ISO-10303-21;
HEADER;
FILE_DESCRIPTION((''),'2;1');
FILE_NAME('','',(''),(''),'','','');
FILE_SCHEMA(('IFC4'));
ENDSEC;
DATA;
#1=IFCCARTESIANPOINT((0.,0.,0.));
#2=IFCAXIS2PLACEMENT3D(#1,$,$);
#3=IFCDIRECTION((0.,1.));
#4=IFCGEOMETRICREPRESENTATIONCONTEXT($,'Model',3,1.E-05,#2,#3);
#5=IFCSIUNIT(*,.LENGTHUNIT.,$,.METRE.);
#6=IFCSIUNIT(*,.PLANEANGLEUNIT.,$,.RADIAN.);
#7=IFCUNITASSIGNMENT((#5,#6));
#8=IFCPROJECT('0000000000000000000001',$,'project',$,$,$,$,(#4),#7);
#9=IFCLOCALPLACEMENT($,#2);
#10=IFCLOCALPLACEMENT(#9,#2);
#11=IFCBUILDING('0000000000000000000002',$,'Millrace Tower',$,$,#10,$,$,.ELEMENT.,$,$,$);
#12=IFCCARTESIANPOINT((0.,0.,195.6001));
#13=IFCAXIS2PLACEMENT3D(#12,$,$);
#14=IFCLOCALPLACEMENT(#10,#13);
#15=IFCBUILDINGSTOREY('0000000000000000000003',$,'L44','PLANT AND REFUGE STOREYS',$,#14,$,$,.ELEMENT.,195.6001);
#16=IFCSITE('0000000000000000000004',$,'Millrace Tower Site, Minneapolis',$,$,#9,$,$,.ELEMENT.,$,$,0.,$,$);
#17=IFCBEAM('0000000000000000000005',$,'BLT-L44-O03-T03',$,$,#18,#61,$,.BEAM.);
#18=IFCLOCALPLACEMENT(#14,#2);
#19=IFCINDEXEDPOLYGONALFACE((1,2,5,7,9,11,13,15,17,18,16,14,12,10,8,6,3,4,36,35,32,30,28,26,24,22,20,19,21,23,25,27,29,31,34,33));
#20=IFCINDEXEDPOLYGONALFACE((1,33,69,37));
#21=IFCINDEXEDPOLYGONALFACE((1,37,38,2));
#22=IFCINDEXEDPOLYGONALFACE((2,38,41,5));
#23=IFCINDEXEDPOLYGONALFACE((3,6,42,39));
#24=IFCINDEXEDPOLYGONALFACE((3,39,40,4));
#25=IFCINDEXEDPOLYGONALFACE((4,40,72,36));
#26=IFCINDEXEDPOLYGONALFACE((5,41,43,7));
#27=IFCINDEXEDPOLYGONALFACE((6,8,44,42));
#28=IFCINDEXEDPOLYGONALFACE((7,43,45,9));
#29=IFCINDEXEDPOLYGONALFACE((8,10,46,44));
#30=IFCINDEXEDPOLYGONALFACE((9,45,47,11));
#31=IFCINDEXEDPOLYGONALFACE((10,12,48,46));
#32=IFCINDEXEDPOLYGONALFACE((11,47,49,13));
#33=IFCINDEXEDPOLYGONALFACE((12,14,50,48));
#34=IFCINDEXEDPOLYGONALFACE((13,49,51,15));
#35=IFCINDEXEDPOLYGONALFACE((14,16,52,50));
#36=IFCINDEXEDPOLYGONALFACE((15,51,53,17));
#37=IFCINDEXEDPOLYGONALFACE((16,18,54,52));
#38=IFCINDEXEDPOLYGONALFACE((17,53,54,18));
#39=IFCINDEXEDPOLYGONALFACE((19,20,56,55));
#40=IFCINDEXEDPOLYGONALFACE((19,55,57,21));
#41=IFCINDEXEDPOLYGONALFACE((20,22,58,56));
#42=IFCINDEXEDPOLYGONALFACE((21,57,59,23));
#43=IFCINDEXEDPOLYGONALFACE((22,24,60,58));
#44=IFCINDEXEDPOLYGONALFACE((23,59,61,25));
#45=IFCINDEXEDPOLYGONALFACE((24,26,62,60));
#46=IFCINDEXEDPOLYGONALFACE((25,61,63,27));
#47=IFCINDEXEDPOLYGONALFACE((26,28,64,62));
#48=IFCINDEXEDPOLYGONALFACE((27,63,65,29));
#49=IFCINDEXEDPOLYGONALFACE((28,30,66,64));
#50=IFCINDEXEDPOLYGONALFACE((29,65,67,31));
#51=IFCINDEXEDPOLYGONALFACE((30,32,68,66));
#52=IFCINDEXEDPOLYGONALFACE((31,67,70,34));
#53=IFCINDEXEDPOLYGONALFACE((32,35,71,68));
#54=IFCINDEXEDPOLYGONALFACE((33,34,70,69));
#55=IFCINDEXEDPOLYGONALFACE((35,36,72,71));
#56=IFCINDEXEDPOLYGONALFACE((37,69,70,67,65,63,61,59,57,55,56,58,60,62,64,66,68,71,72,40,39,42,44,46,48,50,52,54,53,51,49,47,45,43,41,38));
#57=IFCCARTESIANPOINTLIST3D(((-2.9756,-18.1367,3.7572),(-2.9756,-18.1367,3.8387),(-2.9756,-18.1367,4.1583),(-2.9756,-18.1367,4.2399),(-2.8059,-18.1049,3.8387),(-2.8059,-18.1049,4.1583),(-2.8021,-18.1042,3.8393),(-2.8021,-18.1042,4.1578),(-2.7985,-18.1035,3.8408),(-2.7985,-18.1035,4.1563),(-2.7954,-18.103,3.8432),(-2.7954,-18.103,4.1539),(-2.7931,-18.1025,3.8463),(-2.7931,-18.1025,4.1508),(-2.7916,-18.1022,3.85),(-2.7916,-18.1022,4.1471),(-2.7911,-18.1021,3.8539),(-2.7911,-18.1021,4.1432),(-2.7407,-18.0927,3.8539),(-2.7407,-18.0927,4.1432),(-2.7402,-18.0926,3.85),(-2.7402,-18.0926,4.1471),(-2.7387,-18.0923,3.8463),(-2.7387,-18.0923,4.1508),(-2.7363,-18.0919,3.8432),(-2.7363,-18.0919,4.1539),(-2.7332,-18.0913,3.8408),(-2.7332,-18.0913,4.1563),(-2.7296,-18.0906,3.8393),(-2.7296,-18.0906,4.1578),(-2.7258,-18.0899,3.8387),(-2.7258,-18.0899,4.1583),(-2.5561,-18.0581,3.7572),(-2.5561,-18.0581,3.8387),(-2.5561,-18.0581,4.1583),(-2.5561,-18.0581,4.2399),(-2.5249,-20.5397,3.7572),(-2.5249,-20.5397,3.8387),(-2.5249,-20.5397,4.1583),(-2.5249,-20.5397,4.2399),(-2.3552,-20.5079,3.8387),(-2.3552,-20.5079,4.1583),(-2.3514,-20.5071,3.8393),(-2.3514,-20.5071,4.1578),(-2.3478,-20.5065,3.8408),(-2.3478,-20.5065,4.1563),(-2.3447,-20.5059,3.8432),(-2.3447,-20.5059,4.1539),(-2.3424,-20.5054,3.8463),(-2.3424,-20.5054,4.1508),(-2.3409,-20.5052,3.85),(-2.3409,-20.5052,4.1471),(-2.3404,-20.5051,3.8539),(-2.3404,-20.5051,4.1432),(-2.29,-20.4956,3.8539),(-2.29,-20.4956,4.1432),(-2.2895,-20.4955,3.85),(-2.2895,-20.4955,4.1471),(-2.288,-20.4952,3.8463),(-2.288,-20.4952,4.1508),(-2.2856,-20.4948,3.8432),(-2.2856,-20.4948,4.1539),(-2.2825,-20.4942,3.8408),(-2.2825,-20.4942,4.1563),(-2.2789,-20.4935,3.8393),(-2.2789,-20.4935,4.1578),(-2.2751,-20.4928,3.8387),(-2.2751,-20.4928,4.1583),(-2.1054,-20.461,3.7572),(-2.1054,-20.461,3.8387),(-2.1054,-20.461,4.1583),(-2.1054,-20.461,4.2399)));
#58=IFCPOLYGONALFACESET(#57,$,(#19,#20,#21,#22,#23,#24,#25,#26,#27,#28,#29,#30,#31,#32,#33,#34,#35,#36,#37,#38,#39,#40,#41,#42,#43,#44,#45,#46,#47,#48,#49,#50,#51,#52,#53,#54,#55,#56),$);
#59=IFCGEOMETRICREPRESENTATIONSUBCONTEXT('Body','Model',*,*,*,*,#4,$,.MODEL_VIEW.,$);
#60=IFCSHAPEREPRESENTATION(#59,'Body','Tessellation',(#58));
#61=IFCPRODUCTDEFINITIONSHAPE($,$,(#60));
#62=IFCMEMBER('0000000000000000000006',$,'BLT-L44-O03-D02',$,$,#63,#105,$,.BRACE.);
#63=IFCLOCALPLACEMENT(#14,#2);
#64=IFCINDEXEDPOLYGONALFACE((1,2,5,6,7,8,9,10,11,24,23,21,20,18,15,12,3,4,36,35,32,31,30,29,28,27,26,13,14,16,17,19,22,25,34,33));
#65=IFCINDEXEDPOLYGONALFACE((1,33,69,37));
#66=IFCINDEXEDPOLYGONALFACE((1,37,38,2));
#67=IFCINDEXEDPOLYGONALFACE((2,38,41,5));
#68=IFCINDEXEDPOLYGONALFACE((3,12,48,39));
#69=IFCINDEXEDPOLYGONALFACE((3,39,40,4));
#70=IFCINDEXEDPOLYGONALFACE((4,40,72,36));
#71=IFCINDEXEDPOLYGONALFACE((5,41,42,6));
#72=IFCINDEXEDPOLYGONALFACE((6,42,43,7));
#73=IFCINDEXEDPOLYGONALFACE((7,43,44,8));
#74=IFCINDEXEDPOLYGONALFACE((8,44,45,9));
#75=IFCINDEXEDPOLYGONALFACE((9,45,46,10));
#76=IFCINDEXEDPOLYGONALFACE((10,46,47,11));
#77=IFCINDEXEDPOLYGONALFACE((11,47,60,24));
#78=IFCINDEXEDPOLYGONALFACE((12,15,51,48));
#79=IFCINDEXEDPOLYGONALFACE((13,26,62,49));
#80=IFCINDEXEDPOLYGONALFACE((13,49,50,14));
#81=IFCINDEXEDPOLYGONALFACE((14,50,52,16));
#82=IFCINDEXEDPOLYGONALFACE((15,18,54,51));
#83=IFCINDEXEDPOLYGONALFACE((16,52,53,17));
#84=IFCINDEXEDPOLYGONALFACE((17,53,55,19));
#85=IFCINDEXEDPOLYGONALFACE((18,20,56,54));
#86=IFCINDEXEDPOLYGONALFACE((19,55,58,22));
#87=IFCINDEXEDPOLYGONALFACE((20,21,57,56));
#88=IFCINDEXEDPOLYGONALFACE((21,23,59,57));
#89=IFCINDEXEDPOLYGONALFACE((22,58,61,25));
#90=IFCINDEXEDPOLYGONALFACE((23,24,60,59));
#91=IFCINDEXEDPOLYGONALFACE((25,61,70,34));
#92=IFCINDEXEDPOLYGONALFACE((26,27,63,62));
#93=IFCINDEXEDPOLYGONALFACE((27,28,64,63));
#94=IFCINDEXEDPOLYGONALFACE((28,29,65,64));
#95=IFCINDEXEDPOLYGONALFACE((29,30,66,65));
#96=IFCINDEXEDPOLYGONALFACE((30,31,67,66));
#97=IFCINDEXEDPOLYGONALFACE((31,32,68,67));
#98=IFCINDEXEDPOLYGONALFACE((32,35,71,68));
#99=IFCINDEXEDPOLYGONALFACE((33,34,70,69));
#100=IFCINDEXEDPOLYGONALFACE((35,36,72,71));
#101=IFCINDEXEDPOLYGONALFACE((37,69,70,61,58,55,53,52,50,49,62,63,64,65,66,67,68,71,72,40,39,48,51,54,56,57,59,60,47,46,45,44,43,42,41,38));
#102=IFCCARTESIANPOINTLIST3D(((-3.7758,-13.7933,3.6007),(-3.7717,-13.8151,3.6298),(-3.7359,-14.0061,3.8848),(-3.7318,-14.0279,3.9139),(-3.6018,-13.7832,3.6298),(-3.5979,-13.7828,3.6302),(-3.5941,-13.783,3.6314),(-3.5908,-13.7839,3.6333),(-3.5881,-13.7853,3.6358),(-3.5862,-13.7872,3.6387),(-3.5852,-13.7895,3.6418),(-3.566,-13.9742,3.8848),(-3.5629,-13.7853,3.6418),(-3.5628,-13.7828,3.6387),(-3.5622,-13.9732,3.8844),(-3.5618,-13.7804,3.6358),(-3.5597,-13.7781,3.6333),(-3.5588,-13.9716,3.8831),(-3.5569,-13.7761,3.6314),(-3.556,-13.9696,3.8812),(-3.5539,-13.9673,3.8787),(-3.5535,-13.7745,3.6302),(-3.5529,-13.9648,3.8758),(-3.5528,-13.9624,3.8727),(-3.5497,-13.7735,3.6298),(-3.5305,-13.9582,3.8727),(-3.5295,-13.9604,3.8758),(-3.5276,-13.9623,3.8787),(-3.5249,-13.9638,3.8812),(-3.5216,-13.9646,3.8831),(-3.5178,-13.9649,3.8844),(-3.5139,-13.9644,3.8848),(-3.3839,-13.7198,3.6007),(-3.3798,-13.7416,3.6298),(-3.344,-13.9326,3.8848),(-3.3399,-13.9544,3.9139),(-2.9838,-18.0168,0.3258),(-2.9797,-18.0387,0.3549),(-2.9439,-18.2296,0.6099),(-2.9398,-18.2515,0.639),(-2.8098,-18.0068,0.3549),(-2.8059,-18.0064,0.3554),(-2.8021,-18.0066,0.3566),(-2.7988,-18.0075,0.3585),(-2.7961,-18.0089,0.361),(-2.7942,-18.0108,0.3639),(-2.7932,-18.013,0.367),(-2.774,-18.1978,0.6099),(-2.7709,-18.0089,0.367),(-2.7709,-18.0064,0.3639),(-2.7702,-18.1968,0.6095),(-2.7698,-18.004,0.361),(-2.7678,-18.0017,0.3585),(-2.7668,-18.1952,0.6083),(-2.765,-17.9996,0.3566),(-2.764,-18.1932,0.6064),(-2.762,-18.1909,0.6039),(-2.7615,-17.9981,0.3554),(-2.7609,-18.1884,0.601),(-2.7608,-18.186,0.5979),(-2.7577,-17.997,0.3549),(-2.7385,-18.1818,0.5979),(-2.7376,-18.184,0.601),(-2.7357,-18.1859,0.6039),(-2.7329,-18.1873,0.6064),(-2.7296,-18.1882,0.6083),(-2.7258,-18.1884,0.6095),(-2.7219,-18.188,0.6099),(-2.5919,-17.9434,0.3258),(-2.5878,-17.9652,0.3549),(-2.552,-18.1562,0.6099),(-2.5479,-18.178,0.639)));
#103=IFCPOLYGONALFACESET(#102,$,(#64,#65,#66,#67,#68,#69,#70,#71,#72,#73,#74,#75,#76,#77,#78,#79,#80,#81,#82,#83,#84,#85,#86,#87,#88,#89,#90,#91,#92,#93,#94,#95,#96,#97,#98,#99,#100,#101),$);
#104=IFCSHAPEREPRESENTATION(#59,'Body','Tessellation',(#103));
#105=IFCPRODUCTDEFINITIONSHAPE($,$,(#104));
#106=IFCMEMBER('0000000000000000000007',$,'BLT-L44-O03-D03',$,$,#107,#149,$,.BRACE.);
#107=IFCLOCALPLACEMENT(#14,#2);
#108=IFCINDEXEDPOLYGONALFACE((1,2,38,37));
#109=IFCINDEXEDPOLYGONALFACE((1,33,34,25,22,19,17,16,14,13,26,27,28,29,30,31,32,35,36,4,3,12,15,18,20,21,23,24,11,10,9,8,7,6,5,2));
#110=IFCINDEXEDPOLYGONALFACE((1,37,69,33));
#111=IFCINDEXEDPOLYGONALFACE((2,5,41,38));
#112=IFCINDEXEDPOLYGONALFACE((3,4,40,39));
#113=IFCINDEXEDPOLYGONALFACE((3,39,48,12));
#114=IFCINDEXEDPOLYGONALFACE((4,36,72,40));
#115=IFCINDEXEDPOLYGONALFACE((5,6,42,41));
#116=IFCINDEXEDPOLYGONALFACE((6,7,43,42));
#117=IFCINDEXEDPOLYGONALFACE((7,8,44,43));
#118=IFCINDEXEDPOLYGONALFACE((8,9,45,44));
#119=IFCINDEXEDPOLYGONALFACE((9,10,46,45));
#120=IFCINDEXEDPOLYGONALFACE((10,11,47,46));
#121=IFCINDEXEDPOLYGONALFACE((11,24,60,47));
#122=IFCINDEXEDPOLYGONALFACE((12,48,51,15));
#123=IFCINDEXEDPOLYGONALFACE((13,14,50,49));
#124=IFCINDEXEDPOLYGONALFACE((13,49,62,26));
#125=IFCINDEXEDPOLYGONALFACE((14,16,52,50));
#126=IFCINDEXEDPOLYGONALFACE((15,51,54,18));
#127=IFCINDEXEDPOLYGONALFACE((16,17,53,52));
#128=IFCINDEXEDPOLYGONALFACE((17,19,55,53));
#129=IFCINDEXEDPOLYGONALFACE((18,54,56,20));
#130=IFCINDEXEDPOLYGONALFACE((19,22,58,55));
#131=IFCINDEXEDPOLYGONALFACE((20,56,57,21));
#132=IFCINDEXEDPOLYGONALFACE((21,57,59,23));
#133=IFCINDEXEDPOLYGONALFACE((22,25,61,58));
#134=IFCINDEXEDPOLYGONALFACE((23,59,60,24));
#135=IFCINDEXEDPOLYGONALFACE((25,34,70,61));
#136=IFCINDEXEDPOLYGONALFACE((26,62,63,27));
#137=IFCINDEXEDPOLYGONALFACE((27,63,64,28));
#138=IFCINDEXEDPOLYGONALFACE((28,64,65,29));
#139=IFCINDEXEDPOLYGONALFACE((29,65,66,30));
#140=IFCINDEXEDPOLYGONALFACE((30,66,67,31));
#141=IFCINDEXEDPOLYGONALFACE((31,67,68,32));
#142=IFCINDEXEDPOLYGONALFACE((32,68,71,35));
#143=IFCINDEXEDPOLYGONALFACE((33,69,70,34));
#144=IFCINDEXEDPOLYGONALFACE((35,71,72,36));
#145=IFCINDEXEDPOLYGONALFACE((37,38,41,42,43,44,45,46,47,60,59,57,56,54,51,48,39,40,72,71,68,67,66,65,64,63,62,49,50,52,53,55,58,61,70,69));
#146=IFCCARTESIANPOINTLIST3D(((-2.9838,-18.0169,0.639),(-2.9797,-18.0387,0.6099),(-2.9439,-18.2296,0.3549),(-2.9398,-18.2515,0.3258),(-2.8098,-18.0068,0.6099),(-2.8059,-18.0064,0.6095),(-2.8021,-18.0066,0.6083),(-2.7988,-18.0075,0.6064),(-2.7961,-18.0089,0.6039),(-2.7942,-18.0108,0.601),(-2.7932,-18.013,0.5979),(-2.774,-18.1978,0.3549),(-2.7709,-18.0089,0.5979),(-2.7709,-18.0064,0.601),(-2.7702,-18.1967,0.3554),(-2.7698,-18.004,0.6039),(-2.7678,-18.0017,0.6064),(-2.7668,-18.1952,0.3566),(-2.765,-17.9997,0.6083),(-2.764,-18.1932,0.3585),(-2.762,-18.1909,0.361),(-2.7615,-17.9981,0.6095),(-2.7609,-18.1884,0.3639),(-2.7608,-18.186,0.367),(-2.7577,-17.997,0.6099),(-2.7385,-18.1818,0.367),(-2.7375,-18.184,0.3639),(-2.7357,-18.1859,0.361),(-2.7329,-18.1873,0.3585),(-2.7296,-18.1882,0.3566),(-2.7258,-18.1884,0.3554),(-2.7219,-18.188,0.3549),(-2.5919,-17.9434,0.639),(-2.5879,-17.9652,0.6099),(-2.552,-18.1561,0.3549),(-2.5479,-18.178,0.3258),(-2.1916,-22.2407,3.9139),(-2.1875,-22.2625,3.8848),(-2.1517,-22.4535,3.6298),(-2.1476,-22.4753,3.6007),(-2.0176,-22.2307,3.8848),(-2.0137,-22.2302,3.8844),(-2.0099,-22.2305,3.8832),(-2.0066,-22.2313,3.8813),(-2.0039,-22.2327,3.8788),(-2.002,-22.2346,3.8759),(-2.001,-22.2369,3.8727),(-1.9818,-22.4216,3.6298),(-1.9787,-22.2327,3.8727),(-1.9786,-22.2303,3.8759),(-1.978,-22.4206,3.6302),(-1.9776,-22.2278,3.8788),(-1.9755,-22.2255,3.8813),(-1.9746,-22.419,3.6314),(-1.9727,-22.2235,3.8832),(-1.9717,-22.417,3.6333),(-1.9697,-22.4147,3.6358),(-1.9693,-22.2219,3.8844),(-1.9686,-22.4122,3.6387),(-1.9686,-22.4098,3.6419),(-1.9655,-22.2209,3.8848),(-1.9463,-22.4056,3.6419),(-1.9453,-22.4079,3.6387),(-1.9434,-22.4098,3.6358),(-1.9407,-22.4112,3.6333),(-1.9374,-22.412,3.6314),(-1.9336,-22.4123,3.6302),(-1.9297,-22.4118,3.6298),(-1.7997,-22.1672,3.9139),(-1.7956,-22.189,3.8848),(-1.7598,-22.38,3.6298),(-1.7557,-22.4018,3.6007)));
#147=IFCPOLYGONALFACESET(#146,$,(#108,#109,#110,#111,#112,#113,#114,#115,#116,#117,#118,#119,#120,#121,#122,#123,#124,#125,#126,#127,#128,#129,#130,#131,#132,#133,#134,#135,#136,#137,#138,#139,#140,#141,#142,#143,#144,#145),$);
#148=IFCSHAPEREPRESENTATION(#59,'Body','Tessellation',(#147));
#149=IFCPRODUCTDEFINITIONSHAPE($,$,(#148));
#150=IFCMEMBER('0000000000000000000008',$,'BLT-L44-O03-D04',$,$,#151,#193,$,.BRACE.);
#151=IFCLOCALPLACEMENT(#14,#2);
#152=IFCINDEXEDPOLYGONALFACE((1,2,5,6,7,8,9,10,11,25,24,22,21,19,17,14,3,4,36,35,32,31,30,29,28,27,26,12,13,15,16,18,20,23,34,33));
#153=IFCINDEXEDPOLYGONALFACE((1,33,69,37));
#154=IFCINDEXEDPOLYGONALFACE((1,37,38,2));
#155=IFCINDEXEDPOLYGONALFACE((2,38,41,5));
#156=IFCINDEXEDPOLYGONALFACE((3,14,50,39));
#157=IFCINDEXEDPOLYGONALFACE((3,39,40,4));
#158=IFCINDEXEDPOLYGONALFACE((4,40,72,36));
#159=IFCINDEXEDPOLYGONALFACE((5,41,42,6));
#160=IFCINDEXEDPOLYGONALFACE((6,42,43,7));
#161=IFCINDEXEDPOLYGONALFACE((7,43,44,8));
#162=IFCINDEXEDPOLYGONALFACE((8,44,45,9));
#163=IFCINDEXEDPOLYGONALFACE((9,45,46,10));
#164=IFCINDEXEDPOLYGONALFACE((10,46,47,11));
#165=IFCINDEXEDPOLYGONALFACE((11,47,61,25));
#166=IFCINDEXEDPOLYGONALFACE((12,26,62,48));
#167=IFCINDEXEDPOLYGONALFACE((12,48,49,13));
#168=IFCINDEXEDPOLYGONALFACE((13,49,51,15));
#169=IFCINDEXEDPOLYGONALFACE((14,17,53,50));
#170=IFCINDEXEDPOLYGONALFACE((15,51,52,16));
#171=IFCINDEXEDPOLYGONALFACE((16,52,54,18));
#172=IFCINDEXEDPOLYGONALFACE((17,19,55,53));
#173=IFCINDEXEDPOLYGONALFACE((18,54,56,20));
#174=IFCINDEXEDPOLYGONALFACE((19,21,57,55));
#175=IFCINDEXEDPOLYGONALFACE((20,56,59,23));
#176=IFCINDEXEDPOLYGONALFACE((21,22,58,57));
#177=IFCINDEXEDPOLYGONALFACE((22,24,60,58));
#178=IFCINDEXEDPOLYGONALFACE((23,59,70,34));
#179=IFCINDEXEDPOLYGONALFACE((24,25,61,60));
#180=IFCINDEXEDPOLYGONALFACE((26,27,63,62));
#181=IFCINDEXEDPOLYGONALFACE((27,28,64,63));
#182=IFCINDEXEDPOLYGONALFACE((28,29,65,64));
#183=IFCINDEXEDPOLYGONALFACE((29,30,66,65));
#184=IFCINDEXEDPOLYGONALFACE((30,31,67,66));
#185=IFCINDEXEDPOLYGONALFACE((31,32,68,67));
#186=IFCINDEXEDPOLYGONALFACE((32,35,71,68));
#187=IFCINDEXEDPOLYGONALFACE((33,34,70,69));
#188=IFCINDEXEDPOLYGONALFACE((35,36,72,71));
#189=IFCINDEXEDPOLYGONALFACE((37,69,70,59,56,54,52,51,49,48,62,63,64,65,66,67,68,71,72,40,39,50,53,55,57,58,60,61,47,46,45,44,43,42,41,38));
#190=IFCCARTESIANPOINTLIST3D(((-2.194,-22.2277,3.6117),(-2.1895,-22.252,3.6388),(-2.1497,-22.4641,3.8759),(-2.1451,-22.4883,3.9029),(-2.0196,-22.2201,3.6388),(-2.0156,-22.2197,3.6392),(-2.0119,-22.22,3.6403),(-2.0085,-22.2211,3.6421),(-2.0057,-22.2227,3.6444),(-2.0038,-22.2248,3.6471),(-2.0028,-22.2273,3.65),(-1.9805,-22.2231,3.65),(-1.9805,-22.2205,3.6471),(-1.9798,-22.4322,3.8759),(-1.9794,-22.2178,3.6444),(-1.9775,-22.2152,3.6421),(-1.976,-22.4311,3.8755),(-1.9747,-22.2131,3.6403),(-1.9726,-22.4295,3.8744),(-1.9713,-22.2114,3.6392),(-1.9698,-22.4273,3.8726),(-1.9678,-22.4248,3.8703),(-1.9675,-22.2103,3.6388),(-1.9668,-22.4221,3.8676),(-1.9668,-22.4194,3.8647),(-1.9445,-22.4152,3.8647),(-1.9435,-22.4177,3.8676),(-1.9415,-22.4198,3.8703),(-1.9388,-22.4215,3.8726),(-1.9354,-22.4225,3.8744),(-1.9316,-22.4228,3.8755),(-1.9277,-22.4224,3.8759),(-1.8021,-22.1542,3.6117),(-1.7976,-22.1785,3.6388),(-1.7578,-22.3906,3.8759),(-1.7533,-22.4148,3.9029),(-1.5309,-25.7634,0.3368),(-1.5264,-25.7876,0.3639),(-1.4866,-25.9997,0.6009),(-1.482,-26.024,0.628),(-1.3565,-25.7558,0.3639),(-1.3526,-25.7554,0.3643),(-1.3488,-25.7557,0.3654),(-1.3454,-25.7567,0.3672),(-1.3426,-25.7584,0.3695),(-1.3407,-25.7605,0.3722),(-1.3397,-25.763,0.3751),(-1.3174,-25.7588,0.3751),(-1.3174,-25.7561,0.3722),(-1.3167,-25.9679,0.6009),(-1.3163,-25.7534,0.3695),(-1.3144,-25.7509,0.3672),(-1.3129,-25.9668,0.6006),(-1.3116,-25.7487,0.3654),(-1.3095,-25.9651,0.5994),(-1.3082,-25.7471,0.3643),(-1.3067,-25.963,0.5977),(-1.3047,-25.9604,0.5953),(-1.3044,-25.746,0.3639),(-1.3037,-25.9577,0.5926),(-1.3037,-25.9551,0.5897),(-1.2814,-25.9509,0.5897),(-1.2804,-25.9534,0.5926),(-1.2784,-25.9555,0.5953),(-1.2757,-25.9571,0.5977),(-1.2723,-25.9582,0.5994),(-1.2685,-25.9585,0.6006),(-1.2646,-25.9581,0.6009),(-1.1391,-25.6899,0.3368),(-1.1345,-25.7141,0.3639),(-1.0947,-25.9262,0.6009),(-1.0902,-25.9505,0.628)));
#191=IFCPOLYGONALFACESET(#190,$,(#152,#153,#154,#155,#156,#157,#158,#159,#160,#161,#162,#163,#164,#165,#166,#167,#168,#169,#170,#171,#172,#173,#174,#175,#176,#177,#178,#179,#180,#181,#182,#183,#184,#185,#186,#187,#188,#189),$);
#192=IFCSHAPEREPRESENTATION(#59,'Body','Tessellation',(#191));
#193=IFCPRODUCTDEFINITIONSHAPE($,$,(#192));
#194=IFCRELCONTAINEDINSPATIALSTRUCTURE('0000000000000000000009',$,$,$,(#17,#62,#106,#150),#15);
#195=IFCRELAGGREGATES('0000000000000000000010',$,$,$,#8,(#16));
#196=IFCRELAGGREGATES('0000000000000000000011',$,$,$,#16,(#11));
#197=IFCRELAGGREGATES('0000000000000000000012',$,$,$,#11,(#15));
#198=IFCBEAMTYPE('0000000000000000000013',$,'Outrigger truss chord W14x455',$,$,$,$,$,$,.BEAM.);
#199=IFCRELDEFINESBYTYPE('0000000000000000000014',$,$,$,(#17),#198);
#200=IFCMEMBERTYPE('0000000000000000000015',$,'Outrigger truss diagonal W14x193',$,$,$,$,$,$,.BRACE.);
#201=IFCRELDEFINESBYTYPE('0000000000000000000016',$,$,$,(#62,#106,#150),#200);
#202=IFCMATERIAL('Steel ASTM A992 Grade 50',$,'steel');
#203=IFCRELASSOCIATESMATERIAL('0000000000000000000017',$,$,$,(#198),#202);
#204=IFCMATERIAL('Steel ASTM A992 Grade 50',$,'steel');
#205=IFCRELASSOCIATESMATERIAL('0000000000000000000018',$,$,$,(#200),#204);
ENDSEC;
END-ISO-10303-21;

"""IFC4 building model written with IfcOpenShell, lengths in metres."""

from ifc_helpers import new_model, si_unit, direction, frame, origin, origin_2d, place, context, subcontext, project, spatial, i_section, extrude, material, material_profile, profile_set, type_object, element, save


model = new_model("IFC4")

# Units and contexts
model_context = context("Model", 3, precision=1e-05, world=origin(), true_north=direction((0.0, 1.0)))
body_context = subcontext(model_context, "Body", "Model", "MODEL_VIEW")
ifc_project = project(units=[si_unit("LENGTHUNIT", "METRE"), si_unit("PLANEANGLEUNIT", "RADIAN")], contexts=[model_context])

# Site, building, storey
site_placement = place(None, origin())
site = spatial("IfcSite", under=ifc_project, at=site_placement, Name="Millrace Tower Site, Minneapolis", CompositionType="ELEMENT", RefElevation=0.0)
building_placement = place(site_placement, origin())
building = spatial("IfcBuilding", under=site, at=building_placement, Name="Millrace Tower", CompositionType="ELEMENT")
storey_placement = place(building_placement, frame((0.0, 0.0, 195.6001)))
storey = spatial("IfcBuildingStorey", under=building, at=storey_placement, Name="L44", Description="PLANT AND REFUGE STOREYS", CompositionType="ELEMENT", Elevation=195.6001)

# Beam
ifc_material_1 = material(Name="Steel ASTM A992 Grade 50", Category="steel")
ifc_material_profile_1 = material_profile(ifc_material_1, i_section(OverallWidth=0.4268, OverallDepth=0.4827, WebThickness=0.0513, FlangeThickness=0.0815, FilletRadius=0.0151, at=origin_2d()))
ifc_profile_set_1 = profile_set([ifc_material_profile_1], Name="Steel ASTM A992 Grade 50")
beam_type_1 = type_object("IfcBeamType", Name="Outrigger truss chord W14x455", PredefinedType="BEAM", material=ifc_profile_set_1)
beam_1_placement = place(storey_placement, frame((-2.7659, -18.0974, 3.9985), z_axis=(0.184349, -0.982861, 0.0), x_axis=(0.982861, 0.184349, 0.0)))
element("IfcBeam", 1, at=beam_1_placement, inside=storey, type_object=beam_type_1, Name="BLT-L44-O03-T03", PredefinedType="BEAM", context=body_context, shape_type="SweptSolid", body=[
    extrude(i_section(OverallWidth=0.4268, OverallDepth=0.4827, WebThickness=0.0513, FlangeThickness=0.0815, FilletRadius=0.0151, at=origin_2d()), origin(), (0.0, 0.0, 1.0), 2.4448),
])

# Members
ifc_material_2 = material(Name="Steel ASTM A992 Grade 50", Category="steel")
ifc_material_profile_2 = material_profile(ifc_material_2, i_section(OverallWidth=0.3987, OverallDepth=0.3938, WebThickness=0.0227, FlangeThickness=0.0366, FilletRadius=0.0151, at=origin_2d()))
ifc_profile_set_2 = profile_set([ifc_material_profile_2], Name="Steel ASTM A992 Grade 50")
member_type_1 = type_object("IfcMemberType", Name="Outrigger truss diagonal W14x193", PredefinedType="BRACE", material=ifc_profile_set_2)
member_1_placement = place(storey_placement, frame((-2.7659, -18.0974, 0.4824), z_axis=(-0.146587, 0.781735, 0.606138), x_axis=(-0.98287, -0.184302, 0.0)))
element("IfcMember", 2, at=member_1_placement, inside=storey, type_object=member_type_1, Name="BLT-L44-O03-D02", PredefinedType="BRACE", context=body_context, shape_type="SweptSolid", body=[
    extrude(i_section(OverallWidth=0.3987, OverallDepth=0.3938, WebThickness=0.0227, FlangeThickness=0.0366, FilletRadius=0.0151, at=origin_2d()), origin(), (0.0, 0.0, 1.0), 5.4028),
])
member_2_placement = place(storey_placement, frame((-2.7659, -18.0974, 0.4824), z_axis=(0.146626, -0.781747, 0.606113), x_axis=(0.982861, 0.184347, 0.0)))
element("IfcMember", 3, at=member_2_placement, inside=storey, type_object=member_type_1, Name="BLT-L44-O03-D03", PredefinedType="BRACE", context=body_context, shape_type="SweptSolid", body=[
    extrude(i_section(OverallWidth=0.3987, OverallDepth=0.3938, WebThickness=0.0227, FlangeThickness=0.0366, FilletRadius=0.0151, at=origin_2d()), origin(), (0.0, 0.0, 1.0), 5.4031),
])
member_3_placement = place(storey_placement, frame((-1.3105, -25.8569, 0.4824), z_axis=(-0.136305, 0.726794, 0.673195), x_axis=(-0.982865, -0.18433, 0.0)))
element("IfcMember", 4, at=member_3_placement, inside=storey, type_object=member_type_1, Name="BLT-L44-O03-D04", PredefinedType="BRACE", context=body_context, shape_type="SweptSolid", body=[
    extrude(i_section(OverallWidth=0.3987, OverallDepth=0.3938, WebThickness=0.0227, FlangeThickness=0.0366, FilletRadius=0.0151, at=origin_2d()), origin(), (0.0, 0.0, 1.0), 4.8647),
])

save(model, "model.ifc")
